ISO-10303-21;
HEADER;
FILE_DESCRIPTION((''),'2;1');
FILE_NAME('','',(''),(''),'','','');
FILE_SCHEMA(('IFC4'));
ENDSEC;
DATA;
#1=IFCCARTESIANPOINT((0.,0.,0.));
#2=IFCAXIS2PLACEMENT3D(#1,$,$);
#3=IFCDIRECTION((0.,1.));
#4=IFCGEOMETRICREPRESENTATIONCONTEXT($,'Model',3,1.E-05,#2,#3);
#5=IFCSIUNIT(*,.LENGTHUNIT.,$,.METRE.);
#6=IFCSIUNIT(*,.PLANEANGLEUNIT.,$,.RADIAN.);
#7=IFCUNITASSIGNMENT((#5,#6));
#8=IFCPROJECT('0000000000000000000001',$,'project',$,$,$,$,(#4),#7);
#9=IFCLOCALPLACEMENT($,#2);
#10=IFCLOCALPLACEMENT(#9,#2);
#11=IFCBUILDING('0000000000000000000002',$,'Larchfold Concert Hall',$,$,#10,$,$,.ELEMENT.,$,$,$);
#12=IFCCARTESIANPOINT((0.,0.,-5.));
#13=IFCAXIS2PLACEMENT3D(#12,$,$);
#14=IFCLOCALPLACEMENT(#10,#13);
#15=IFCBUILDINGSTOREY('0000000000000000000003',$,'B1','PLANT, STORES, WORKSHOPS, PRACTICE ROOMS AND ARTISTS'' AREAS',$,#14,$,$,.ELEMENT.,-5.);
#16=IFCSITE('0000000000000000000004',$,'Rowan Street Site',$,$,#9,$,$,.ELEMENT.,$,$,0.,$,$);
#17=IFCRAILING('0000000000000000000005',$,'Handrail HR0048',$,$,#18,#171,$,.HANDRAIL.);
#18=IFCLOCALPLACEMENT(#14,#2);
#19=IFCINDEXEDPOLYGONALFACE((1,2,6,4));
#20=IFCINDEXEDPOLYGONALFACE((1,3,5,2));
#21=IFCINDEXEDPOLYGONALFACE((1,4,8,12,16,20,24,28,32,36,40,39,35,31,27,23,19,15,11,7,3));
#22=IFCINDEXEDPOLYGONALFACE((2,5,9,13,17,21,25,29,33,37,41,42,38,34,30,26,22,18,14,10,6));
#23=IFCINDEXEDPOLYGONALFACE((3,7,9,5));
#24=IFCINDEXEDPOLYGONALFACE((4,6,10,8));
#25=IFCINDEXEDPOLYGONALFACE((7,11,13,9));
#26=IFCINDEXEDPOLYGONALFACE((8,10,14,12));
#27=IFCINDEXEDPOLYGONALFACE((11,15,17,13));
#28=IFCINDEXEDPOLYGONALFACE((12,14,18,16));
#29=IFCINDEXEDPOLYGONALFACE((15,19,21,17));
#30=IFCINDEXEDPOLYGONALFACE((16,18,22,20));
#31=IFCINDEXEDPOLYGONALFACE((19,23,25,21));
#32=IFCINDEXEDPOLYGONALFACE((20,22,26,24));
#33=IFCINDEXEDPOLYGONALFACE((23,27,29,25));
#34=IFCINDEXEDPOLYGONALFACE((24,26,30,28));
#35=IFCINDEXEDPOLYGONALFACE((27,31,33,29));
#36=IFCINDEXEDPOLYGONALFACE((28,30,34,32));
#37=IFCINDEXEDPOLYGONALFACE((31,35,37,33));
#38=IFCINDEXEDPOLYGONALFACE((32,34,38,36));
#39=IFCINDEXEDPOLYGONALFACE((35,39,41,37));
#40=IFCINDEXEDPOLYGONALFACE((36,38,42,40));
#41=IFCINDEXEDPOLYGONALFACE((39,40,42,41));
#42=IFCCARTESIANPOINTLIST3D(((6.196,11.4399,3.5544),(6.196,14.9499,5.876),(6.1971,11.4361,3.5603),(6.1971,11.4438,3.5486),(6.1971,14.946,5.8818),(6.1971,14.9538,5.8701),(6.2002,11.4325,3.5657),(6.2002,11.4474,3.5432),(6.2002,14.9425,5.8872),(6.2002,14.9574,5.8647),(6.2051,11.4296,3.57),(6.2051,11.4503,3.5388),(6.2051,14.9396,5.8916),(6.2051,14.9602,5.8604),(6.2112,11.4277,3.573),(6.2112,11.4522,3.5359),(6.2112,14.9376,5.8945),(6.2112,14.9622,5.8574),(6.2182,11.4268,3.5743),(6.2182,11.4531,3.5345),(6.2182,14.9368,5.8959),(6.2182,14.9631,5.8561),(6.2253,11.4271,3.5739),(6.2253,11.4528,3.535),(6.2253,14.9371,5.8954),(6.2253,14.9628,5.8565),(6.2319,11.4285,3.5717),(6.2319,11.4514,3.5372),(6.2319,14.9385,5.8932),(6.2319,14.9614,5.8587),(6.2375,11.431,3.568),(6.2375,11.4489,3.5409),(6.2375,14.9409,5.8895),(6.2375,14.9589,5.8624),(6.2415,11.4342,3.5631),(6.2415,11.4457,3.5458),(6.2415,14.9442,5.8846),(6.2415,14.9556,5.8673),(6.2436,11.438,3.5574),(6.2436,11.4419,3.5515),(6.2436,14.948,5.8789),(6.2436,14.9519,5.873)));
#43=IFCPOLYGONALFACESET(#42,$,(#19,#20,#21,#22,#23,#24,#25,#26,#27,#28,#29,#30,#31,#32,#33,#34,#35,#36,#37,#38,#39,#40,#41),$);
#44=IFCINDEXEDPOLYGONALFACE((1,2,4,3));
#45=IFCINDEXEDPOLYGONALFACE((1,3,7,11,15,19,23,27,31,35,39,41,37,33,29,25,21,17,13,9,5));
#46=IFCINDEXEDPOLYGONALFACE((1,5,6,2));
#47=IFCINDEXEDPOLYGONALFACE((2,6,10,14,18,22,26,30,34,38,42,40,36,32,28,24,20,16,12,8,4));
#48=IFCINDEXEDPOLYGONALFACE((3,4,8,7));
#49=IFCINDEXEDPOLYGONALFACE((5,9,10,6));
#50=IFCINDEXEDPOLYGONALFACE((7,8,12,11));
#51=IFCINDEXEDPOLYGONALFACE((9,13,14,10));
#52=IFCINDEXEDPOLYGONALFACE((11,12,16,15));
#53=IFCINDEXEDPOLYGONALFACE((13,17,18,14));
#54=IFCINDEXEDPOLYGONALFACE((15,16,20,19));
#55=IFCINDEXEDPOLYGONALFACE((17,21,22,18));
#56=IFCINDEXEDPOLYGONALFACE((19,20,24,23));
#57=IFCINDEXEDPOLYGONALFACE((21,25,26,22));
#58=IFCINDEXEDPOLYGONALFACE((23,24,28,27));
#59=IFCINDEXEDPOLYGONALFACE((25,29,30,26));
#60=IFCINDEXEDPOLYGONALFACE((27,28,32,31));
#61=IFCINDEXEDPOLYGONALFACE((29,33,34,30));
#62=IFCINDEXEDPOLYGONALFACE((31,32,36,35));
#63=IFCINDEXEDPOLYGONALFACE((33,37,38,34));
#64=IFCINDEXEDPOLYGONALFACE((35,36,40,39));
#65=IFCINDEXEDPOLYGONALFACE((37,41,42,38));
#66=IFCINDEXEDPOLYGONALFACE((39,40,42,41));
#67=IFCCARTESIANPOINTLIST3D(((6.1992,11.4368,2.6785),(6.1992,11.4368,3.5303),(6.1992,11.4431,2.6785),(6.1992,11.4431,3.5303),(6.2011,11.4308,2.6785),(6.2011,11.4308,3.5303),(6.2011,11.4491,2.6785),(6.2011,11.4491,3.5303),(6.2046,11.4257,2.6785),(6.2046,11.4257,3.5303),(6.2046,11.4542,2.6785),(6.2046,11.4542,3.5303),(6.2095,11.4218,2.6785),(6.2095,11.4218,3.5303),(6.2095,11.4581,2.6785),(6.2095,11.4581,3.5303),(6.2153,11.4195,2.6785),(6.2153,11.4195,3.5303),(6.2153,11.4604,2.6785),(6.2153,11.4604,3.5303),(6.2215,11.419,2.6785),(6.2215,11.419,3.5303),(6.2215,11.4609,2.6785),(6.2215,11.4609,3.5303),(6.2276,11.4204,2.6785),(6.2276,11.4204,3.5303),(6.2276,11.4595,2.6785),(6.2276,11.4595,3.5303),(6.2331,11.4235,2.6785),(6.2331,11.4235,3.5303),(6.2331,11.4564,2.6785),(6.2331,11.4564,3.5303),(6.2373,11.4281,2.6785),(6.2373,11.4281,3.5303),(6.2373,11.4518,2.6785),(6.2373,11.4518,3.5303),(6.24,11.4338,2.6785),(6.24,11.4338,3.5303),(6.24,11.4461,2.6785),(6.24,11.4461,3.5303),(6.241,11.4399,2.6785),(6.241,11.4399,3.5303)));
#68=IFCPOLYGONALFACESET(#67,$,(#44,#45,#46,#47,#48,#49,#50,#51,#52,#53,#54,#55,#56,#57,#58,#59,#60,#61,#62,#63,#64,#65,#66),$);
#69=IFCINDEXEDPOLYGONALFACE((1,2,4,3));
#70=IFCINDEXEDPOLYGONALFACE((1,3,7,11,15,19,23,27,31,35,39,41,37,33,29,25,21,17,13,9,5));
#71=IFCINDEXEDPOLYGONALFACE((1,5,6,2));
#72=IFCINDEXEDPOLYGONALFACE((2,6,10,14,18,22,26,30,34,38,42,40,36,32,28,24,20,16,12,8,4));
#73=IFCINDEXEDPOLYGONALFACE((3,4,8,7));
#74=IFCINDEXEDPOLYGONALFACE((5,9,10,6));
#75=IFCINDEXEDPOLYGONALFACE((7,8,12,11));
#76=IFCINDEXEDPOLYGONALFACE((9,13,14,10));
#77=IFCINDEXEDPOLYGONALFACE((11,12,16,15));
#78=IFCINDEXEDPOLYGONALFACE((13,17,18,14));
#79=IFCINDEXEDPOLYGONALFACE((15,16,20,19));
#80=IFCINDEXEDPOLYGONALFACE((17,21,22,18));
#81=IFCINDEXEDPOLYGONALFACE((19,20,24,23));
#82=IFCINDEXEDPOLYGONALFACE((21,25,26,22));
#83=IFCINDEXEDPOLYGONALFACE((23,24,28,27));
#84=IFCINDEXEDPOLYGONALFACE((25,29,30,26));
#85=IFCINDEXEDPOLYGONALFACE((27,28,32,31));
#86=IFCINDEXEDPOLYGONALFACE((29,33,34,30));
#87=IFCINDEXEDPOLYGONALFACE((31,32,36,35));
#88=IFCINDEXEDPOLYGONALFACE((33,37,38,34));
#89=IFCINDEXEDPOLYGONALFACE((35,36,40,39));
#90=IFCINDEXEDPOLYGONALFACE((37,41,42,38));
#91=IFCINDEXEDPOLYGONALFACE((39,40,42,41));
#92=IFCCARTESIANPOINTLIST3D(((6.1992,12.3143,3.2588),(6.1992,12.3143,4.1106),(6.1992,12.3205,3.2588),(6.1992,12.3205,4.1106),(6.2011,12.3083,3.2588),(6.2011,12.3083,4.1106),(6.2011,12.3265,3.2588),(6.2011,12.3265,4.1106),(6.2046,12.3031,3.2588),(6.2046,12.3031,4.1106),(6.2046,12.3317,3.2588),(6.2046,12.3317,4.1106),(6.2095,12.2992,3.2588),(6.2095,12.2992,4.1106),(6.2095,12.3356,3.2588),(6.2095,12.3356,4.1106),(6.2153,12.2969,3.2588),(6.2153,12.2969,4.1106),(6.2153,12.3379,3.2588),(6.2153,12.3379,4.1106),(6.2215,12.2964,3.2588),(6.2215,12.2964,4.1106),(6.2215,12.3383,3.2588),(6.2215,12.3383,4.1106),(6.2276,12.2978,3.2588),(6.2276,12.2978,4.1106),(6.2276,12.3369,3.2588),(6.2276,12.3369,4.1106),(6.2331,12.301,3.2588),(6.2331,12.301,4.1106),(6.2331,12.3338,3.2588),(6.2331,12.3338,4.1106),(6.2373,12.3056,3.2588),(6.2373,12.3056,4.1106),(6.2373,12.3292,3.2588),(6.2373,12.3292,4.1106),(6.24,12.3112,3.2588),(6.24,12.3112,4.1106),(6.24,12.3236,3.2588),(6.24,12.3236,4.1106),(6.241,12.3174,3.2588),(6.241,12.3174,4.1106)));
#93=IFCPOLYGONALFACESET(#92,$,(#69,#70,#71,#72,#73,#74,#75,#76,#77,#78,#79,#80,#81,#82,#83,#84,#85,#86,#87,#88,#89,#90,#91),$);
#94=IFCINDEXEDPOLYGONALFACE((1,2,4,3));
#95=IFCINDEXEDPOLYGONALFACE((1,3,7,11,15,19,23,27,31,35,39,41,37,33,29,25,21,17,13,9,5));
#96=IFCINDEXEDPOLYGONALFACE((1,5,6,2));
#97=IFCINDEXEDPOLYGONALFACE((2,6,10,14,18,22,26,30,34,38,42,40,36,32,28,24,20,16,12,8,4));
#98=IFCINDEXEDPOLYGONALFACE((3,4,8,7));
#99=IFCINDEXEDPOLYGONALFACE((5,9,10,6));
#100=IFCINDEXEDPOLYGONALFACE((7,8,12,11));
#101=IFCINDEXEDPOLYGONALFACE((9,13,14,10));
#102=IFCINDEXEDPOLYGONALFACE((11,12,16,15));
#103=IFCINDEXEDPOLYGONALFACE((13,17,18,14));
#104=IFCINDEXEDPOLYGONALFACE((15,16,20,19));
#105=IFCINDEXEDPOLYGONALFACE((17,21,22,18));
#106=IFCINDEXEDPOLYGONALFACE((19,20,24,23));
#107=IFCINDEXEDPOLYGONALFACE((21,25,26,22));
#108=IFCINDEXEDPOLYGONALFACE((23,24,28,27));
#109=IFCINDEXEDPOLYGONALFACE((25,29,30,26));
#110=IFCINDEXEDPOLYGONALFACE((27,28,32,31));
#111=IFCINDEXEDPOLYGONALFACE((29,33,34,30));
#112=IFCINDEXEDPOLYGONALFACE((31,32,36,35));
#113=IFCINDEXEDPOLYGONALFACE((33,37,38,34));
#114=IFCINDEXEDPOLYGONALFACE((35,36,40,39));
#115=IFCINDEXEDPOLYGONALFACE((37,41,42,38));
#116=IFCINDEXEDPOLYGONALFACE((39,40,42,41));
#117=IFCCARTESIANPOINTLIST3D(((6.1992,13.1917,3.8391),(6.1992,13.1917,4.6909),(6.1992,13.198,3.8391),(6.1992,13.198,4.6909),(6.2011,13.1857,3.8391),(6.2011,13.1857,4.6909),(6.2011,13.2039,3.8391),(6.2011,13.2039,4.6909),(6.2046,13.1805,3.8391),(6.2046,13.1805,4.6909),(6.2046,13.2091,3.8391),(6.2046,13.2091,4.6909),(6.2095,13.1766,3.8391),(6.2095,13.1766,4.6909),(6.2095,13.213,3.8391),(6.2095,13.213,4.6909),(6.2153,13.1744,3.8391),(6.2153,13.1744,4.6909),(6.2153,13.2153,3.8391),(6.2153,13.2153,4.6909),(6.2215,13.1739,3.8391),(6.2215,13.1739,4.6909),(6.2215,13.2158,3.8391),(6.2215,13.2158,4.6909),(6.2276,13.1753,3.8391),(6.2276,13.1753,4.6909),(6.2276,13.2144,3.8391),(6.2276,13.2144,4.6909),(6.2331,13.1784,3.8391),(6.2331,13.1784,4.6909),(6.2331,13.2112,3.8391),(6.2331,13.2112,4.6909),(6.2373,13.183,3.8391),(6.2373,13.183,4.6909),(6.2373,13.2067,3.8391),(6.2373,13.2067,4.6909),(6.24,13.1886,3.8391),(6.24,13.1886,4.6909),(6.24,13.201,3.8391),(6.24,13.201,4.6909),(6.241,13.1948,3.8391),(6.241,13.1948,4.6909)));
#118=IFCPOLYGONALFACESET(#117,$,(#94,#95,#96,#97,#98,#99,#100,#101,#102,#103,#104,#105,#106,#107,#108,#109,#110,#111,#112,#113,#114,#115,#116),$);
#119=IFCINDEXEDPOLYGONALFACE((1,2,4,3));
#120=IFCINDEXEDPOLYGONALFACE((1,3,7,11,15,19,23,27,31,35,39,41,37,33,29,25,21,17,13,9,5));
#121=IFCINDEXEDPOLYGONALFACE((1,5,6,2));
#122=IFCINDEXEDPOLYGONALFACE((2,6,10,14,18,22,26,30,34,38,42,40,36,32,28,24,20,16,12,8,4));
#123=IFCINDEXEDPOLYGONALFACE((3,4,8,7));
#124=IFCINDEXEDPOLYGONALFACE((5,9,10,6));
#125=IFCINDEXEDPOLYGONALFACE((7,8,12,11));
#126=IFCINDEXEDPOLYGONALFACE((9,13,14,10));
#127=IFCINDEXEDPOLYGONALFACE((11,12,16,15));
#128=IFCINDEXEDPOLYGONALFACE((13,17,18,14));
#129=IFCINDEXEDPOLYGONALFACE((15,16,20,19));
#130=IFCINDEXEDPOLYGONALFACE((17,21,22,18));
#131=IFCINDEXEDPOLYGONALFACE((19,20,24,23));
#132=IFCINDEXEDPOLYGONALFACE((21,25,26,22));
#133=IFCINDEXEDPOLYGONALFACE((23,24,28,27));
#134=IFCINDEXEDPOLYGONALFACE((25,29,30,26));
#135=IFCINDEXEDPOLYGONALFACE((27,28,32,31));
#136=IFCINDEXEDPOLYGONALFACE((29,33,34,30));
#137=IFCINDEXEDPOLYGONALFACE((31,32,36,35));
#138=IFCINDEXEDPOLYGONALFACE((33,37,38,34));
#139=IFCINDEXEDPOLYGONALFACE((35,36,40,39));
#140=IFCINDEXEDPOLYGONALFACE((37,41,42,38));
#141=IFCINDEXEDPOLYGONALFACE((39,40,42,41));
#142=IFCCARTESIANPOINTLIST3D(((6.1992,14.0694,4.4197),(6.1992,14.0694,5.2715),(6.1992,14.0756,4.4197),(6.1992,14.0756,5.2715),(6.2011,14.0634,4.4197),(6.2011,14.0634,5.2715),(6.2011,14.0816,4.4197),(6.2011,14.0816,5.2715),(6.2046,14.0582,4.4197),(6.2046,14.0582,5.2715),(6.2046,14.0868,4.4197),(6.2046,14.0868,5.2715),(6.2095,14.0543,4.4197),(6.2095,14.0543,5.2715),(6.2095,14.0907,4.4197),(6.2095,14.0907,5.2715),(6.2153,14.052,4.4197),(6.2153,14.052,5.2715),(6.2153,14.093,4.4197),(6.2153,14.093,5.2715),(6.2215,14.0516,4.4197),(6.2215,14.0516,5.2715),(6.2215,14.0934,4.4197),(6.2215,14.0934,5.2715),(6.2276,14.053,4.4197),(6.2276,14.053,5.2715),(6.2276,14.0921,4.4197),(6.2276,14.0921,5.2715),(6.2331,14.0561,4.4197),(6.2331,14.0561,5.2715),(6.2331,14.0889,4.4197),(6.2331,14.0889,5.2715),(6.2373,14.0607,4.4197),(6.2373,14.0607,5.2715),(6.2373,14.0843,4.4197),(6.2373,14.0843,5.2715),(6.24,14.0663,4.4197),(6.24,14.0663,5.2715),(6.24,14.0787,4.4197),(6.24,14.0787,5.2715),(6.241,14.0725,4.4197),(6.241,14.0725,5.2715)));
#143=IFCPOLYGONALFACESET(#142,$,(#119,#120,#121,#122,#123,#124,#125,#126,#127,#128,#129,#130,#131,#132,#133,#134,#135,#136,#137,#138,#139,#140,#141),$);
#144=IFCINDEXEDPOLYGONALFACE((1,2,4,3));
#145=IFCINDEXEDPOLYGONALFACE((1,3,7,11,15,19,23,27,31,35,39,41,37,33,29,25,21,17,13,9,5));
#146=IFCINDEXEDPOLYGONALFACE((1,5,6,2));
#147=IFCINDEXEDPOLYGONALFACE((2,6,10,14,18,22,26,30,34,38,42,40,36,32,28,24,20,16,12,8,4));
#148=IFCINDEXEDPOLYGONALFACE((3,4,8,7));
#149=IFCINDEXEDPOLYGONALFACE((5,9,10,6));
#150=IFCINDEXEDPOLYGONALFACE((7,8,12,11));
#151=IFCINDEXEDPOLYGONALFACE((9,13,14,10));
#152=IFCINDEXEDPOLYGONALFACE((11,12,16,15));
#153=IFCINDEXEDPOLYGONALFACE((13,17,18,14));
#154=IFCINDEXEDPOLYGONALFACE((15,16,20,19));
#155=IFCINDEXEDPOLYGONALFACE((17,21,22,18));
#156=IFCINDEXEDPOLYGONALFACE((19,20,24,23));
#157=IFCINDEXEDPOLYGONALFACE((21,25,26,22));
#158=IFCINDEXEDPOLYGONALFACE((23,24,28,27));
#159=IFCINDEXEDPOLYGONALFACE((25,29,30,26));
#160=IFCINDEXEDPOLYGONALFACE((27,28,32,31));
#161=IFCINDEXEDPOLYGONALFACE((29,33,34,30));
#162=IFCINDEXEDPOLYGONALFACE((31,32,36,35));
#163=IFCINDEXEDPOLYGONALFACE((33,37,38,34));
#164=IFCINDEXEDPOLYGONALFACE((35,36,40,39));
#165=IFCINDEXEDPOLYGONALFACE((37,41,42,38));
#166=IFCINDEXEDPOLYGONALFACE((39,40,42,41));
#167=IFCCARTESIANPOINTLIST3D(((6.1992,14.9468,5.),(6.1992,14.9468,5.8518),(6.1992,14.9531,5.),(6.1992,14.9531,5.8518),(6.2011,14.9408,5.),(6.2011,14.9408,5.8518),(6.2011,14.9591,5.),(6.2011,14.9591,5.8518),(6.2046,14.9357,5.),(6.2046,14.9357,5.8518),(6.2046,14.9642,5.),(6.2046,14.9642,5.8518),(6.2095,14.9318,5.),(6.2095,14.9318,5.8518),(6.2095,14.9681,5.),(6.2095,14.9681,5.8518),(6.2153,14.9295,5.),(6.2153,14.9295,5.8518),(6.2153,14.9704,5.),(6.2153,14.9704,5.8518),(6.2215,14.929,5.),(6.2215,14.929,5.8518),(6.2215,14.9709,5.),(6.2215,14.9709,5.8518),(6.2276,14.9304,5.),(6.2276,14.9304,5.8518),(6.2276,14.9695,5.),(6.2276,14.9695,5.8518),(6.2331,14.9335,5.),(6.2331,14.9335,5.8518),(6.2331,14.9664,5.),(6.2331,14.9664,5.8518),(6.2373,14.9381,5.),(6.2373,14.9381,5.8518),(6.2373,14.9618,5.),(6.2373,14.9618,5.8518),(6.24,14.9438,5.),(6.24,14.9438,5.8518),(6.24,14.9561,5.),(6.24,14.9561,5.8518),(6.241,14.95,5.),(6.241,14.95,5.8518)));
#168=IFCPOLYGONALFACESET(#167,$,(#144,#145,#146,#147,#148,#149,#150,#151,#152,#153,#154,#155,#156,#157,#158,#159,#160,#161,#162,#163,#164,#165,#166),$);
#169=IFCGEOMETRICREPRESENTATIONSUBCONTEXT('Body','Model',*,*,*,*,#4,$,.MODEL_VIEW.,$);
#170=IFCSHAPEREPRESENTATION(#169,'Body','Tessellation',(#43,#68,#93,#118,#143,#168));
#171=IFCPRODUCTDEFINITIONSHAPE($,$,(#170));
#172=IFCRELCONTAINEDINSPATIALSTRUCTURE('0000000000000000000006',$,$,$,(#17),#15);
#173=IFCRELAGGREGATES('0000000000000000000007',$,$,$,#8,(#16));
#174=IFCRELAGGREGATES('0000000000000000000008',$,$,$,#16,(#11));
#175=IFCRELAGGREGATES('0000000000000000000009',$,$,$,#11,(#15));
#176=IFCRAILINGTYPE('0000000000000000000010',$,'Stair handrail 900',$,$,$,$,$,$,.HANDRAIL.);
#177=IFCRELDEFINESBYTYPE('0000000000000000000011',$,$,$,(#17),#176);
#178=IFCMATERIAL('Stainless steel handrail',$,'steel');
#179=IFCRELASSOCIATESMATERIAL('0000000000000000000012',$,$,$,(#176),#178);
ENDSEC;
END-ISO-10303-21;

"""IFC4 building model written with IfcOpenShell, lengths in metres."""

from ifc_helpers import new_model, si_unit, direction, frame, origin, origin_2d, place, context, subcontext, project, spatial, circle, extrude, material, type_object, element, save


model = new_model("IFC4")

# Units and contexts
model_context = context("Model", 3, precision=1e-05, world=origin(), true_north=direction((0.0, 1.0)))
body_context = subcontext(model_context, "Body", "Model", "MODEL_VIEW")
ifc_project = project(units=[si_unit("LENGTHUNIT", "METRE"), si_unit("PLANEANGLEUNIT", "RADIAN")], contexts=[model_context])

# Site, building, storey
site_placement = place(None, origin())
site = spatial("IfcSite", under=ifc_project, at=site_placement, Name="Rowan Street Site", CompositionType="ELEMENT", RefElevation=0.0)
building_placement = place(site_placement, origin())
building = spatial("IfcBuilding", under=site, at=building_placement, Name="Larchfold Concert Hall", CompositionType="ELEMENT")
storey_placement = place(building_placement, frame((0.0, 0.0, -5.0)))
storey = spatial("IfcBuildingStorey", under=building, at=storey_placement, Name="B1", Description="PLANT, STORES, WORKSHOPS, PRACTICE ROOMS AND ARTISTS' AREAS", CompositionType="ELEMENT", Elevation=-5.0)

# Railing
ifc_material_1 = material(Name="Stainless steel handrail", Category="steel")
railing_type_1 = type_object("IfcRailingType", Name="Stair handrail 900", PredefinedType="HANDRAIL", material=ifc_material_1)
railing_1_placement = place(storey_placement, frame((6.22, 11.4399, 2.6785)))
element("IfcRailing", 1, at=railing_1_placement, inside=storey, type_object=railing_type_1, Name="Handrail HR0048", PredefinedType="HANDRAIL", context=body_context, shape_type="SweptSolid", body=[
    extrude(circle(Radius=0.0239, at=origin_2d()), frame((0.0, 0.0, 0.876), z_axis=(0.0, 0.834071, 0.551657), x_axis=(-1.0, 0.0, 0.0)), (0.0, 0.0, 1.0), 4.2083),
    extrude(circle(Radius=0.021, at=origin_2d()), origin(), (0.0, 0.0, 1.0), 0.8518),
    extrude(circle(Radius=0.021, at=origin_2d()), frame((0.0, 0.8774, 0.5803)), (0.0, 0.0, 1.0), 0.8518),
    extrude(circle(Radius=0.021, at=origin_2d()), frame((0.0, 1.7549, 1.1606)), (0.0, 0.0, 1.0), 0.8518),
    extrude(circle(Radius=0.021, at=origin_2d()), frame((0.0, 2.6326, 1.7412)), (0.0, 0.0, 1.0), 0.8518),
    extrude(circle(Radius=0.021, at=origin_2d()), frame((0.0, 3.51, 2.3215)), (0.0, 0.0, 1.0), 0.8518),
])

save(model, "model.ifc")
